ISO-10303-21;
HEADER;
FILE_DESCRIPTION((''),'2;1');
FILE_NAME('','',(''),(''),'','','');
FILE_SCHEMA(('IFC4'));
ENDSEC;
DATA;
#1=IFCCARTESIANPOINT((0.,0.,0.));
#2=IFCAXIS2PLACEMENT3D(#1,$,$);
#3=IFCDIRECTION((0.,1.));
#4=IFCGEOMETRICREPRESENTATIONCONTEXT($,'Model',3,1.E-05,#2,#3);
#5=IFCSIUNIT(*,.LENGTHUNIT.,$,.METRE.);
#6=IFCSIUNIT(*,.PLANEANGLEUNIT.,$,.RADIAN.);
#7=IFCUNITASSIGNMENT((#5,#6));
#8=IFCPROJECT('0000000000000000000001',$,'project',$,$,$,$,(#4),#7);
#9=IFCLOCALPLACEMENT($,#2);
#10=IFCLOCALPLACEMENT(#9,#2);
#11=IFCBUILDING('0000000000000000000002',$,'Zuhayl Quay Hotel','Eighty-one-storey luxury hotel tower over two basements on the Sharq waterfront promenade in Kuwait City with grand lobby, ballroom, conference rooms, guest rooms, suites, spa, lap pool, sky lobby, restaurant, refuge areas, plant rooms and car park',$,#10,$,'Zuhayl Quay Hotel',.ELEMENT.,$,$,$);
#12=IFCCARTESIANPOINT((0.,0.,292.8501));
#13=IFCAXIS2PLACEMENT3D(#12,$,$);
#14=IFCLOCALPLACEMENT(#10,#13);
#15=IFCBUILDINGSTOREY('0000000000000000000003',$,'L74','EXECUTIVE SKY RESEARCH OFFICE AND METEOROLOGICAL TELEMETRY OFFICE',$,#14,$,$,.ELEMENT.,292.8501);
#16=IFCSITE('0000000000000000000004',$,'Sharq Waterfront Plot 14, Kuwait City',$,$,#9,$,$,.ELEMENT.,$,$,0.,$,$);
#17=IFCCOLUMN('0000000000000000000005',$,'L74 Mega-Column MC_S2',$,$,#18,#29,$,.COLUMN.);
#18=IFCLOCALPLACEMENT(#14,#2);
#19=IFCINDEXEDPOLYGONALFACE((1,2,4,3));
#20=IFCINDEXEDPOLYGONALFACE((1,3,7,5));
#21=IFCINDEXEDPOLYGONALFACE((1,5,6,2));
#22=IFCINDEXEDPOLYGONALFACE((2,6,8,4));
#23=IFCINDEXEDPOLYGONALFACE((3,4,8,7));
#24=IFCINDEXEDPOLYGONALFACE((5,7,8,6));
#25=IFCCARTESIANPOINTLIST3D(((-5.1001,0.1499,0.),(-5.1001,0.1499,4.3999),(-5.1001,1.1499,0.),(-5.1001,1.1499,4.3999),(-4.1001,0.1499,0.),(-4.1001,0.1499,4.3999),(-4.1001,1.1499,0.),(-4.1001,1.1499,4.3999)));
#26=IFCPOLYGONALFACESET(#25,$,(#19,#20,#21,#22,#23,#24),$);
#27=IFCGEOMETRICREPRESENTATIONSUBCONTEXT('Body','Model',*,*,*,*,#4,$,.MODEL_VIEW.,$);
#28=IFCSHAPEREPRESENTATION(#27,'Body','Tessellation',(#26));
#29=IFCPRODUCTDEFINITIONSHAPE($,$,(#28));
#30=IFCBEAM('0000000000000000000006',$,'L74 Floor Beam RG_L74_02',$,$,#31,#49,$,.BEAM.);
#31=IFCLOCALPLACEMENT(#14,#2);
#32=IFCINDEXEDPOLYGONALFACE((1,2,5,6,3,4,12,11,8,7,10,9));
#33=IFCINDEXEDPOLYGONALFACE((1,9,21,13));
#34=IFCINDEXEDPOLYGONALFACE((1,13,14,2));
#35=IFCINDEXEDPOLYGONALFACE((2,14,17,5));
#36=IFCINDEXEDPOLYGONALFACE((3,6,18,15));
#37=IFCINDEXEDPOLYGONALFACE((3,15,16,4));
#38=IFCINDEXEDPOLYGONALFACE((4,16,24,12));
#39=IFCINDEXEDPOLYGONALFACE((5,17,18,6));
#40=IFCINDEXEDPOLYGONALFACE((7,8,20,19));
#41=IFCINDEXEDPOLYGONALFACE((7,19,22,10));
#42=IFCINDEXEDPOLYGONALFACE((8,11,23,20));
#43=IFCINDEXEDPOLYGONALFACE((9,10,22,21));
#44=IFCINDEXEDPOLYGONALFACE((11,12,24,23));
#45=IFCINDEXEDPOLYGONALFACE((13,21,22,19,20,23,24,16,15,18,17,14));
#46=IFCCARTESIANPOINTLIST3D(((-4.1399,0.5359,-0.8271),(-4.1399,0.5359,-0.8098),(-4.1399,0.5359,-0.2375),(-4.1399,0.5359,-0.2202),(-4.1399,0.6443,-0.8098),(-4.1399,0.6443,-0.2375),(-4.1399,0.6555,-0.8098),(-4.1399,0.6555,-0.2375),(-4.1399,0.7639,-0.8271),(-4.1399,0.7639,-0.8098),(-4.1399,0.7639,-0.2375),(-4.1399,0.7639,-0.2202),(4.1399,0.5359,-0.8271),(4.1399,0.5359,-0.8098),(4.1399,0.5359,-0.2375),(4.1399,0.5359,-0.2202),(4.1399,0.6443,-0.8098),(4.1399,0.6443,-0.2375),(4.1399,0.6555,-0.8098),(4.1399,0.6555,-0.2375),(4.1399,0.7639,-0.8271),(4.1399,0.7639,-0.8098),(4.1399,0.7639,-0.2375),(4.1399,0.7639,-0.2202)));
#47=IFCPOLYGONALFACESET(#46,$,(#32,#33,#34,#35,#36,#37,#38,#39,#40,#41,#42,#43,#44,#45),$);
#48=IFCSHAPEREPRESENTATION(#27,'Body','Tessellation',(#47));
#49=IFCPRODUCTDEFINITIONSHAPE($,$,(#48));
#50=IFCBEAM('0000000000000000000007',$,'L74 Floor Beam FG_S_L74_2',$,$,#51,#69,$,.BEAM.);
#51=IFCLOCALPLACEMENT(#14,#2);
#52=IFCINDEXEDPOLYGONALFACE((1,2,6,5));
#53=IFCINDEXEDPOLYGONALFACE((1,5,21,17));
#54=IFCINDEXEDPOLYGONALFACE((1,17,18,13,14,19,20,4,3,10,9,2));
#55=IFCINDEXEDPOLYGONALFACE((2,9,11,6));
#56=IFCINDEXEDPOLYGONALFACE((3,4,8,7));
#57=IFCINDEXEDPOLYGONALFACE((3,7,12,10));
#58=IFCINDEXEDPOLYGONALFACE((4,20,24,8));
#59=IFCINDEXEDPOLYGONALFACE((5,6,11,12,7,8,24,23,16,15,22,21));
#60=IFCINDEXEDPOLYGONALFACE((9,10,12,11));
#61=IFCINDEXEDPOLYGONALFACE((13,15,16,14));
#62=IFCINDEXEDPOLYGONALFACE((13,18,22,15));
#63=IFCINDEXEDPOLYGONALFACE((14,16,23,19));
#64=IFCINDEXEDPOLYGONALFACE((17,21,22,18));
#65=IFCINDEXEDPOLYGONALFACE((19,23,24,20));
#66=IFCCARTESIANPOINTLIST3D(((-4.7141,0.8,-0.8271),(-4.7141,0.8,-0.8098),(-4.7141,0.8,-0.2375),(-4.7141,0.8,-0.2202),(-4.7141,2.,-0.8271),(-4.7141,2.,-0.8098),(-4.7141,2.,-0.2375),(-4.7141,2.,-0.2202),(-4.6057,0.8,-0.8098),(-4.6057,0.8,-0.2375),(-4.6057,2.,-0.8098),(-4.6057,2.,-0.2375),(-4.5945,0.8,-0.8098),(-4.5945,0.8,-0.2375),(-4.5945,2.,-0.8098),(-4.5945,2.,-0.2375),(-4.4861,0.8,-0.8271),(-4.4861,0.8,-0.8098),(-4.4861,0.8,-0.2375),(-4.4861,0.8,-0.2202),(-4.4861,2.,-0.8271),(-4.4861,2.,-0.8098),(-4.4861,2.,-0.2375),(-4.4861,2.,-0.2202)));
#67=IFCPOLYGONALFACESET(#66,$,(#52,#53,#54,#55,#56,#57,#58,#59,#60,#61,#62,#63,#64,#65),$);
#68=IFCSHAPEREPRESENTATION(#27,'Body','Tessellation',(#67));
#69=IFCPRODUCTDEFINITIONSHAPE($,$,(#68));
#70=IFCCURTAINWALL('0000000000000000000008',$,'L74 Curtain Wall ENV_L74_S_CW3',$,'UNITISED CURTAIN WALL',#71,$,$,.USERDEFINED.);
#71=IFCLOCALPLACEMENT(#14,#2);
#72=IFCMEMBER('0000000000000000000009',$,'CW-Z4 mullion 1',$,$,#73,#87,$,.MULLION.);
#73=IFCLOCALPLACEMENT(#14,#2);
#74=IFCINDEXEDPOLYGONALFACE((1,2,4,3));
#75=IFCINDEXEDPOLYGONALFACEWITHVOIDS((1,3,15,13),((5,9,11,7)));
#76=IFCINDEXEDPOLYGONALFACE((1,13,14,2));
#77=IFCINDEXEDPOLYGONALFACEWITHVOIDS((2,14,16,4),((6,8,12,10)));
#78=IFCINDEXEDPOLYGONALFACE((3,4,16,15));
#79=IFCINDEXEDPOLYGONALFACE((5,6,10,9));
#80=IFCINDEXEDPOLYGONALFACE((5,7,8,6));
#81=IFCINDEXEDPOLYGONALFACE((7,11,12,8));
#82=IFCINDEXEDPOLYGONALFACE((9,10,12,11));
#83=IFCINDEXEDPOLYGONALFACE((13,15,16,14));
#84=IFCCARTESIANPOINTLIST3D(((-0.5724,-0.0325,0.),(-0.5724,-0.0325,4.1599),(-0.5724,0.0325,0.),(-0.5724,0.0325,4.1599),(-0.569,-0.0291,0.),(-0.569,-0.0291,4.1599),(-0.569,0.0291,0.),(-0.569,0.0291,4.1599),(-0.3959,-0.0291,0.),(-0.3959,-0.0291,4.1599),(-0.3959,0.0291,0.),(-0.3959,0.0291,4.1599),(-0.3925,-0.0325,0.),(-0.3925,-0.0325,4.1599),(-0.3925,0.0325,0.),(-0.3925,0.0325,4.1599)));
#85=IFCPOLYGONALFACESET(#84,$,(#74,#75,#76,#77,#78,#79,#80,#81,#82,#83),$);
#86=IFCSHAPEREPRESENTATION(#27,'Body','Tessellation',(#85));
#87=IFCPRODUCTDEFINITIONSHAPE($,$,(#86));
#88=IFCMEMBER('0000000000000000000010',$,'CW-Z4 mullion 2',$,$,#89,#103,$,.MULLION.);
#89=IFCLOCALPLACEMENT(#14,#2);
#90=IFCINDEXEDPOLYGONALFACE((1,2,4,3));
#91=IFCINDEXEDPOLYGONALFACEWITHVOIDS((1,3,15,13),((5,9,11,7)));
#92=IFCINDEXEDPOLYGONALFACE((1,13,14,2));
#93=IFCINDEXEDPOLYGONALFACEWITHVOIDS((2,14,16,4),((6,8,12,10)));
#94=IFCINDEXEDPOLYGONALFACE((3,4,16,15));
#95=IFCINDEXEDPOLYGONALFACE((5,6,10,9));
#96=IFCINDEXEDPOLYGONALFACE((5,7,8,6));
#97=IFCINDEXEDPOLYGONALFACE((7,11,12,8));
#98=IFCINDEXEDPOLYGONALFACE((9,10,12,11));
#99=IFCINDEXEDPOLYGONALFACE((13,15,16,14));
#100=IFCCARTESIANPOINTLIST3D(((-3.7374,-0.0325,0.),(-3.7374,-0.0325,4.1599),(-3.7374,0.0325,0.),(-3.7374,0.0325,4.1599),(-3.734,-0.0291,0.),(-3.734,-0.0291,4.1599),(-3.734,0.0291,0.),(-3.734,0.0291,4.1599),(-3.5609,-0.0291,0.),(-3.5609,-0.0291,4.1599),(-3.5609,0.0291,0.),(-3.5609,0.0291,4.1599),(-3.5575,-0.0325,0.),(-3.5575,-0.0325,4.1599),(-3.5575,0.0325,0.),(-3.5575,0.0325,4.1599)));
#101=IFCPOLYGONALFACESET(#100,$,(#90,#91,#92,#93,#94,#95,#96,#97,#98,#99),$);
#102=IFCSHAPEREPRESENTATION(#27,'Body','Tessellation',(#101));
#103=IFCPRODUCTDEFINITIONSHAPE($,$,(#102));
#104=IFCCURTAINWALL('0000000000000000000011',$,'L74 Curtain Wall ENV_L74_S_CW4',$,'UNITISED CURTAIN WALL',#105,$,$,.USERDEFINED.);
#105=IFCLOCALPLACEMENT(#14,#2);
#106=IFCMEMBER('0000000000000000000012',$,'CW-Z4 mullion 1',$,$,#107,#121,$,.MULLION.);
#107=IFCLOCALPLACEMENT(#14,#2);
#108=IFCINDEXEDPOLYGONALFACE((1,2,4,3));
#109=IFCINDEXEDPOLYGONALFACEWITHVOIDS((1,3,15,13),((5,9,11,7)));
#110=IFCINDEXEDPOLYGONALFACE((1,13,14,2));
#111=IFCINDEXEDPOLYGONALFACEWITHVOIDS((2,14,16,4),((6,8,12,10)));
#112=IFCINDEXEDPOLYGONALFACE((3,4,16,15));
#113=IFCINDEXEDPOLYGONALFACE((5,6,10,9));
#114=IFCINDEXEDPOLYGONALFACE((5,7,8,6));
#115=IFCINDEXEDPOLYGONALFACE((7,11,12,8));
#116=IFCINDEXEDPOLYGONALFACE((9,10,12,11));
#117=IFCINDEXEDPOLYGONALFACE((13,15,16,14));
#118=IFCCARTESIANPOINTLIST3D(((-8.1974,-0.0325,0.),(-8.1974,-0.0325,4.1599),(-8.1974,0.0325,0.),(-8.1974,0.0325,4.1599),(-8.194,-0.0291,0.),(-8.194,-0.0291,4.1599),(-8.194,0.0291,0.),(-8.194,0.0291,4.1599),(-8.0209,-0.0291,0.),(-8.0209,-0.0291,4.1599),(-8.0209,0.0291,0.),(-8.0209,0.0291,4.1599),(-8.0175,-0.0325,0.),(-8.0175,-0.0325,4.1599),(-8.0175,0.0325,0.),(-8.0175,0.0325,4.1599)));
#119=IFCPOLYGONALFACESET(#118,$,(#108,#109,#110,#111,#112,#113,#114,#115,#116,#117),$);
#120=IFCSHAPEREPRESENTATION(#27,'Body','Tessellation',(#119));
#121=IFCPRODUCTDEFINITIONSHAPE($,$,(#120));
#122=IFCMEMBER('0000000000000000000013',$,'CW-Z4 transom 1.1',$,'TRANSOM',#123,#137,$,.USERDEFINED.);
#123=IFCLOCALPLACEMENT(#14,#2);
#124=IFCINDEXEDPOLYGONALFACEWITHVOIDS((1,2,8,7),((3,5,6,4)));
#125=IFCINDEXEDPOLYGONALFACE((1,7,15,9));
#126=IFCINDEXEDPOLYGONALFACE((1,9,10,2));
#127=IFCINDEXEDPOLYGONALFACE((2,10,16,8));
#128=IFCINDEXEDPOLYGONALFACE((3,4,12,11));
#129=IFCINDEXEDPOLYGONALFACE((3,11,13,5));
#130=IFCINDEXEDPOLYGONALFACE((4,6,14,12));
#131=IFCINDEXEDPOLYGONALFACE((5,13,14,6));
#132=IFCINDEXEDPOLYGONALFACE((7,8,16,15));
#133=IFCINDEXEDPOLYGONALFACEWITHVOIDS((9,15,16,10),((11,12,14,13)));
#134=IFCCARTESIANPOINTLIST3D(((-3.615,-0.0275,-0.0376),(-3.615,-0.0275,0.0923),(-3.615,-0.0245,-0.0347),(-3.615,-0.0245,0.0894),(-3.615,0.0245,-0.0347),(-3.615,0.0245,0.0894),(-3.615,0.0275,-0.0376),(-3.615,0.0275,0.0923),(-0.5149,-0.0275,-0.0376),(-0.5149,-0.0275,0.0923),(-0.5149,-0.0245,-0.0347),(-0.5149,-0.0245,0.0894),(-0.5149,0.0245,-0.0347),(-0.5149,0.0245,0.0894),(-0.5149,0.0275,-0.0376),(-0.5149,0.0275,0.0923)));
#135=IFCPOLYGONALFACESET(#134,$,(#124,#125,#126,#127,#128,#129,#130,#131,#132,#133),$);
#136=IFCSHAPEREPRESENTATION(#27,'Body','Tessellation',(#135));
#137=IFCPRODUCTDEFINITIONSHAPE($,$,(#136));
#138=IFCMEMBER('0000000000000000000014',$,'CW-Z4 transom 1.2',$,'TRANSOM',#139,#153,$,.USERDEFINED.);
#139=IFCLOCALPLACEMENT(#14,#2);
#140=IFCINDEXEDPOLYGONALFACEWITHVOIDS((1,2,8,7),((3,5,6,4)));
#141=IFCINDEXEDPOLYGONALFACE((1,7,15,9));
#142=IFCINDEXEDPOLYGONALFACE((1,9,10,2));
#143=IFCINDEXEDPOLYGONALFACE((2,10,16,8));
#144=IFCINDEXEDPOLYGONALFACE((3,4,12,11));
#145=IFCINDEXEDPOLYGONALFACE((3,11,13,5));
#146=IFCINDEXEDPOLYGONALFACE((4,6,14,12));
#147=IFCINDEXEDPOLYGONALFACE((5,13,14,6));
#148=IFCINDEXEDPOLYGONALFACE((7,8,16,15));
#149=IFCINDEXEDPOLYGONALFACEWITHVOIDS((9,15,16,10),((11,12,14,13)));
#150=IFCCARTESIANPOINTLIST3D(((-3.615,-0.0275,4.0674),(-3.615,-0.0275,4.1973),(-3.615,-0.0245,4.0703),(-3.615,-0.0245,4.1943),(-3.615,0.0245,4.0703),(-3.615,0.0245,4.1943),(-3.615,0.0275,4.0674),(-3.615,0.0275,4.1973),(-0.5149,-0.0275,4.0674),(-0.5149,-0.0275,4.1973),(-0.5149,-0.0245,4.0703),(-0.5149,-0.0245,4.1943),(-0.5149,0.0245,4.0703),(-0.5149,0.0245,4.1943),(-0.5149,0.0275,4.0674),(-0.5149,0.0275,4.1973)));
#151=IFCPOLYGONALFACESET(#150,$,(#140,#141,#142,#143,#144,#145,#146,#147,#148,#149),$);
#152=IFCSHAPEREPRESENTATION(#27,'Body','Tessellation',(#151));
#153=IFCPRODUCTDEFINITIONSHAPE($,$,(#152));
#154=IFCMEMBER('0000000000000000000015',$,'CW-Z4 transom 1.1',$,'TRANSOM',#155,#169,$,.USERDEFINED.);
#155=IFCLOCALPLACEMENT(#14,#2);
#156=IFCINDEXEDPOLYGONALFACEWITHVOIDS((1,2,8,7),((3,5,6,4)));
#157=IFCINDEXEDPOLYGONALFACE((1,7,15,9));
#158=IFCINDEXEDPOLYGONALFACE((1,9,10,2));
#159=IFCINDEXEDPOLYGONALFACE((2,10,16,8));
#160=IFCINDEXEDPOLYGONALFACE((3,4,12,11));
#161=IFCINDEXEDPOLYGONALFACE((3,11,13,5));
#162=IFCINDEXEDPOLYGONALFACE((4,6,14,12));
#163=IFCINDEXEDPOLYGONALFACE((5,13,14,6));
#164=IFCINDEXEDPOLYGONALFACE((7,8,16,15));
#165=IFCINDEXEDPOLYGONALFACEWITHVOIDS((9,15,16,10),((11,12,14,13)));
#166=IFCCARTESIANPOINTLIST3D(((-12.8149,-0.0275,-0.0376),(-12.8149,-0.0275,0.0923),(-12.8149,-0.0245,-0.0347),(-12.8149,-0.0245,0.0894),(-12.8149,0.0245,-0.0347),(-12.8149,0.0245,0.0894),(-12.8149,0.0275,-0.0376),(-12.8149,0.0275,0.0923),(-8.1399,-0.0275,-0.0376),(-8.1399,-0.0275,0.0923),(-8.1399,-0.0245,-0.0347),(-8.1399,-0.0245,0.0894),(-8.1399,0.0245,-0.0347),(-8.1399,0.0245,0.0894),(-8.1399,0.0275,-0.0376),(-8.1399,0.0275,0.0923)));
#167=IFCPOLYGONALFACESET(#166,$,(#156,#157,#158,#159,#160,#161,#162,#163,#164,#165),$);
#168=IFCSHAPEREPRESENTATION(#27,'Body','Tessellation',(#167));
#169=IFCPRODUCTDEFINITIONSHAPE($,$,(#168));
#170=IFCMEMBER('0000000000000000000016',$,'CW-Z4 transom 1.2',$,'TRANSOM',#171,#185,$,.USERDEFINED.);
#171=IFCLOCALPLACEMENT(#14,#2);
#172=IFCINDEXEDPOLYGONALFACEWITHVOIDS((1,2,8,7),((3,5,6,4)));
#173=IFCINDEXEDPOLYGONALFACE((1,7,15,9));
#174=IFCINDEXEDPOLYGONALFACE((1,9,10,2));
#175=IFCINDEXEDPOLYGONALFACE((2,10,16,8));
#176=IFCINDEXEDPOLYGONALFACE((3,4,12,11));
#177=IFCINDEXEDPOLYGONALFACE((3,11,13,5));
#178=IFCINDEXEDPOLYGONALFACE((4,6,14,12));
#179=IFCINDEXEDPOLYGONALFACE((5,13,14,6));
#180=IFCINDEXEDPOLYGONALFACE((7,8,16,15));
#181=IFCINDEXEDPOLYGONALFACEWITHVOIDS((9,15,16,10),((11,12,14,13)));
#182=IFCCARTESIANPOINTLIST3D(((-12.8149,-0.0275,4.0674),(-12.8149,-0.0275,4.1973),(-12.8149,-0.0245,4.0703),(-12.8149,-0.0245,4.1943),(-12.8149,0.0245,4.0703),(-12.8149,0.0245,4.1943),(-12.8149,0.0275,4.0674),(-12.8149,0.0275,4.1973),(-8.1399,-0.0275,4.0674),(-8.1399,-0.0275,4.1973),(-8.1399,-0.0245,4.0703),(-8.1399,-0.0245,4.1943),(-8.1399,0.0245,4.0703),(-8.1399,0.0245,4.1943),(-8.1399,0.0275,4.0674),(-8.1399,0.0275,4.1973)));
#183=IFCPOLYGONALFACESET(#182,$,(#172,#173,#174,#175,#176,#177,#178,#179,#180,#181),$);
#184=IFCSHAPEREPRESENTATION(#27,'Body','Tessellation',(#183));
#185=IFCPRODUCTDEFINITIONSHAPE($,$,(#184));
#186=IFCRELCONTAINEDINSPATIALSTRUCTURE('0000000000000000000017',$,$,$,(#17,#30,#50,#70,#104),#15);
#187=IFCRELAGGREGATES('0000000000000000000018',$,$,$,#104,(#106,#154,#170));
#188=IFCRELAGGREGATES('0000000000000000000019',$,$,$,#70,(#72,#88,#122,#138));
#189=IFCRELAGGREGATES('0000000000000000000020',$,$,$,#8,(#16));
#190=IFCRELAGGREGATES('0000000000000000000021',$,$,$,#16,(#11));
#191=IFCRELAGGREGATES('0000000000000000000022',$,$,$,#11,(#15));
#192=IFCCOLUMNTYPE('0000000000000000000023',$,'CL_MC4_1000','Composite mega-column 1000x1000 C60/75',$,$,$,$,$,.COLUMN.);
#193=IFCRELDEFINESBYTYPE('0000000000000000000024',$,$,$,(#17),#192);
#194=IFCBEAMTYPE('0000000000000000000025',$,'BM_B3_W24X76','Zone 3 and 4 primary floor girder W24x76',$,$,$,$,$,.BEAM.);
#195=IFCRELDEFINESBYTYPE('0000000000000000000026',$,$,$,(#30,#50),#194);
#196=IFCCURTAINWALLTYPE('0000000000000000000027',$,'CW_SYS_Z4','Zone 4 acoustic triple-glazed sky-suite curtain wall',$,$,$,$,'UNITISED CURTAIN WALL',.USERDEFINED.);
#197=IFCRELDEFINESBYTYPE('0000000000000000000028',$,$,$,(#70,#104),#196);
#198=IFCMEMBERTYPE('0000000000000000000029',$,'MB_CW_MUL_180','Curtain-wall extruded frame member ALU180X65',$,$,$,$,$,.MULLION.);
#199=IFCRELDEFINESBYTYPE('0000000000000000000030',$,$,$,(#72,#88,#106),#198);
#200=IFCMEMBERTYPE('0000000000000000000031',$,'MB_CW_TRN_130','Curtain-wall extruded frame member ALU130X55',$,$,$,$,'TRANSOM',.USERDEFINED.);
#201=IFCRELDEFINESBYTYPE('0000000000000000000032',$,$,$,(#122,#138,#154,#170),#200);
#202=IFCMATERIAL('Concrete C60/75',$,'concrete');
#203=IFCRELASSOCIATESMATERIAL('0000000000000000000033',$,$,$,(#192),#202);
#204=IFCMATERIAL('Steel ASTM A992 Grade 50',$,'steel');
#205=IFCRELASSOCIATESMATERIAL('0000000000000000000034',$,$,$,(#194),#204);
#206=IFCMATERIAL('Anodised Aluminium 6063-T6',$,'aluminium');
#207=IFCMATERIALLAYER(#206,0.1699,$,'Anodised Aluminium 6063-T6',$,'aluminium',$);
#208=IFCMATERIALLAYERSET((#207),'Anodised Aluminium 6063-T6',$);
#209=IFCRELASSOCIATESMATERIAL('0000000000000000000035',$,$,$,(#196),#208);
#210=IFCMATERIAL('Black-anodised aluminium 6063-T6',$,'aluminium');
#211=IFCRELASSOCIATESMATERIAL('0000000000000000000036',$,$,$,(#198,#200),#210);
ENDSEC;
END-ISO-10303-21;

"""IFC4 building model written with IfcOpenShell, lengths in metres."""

from ifc_helpers import new_model, si_unit, direction, frame, origin, origin_2d, place, context, subcontext, project, spatial, rectangle, hollow_rectangle, i_section, extrude, material, layer, layer_set, material_profile, profile_set, type_object, element, aggregate, save


model = new_model("IFC4")

# Units and contexts
model_context = context("Model", 3, precision=1e-05, world=origin(), true_north=direction((0.0, 1.0)))
body_context = subcontext(model_context, "Body", "Model", "MODEL_VIEW")
ifc_project = project(units=[si_unit("LENGTHUNIT", "METRE"), si_unit("PLANEANGLEUNIT", "RADIAN")], contexts=[model_context])

# Site, building, storey
site_placement = place(None, origin())
site = spatial("IfcSite", under=ifc_project, at=site_placement, Name="Sharq Waterfront Plot 14, Kuwait City", CompositionType="ELEMENT", RefElevation=0.0)
building_placement = place(site_placement, origin())
building = spatial("IfcBuilding", under=site, at=building_placement, Name="Zuhayl Quay Hotel", Description="Eighty-one-storey luxury hotel tower over two basements on the Sharq waterfront promenade in Kuwait City with grand lobby, ballroom, conference rooms, guest rooms, suites, spa, lap pool, sky lobby, restaurant, refuge areas, plant rooms and car park", LongName="Zuhayl Quay Hotel", CompositionType="ELEMENT")
storey_placement = place(building_placement, frame((0.0, 0.0, 292.8501)))
storey = spatial("IfcBuildingStorey", under=building, at=storey_placement, Name="L74", Description="EXECUTIVE SKY RESEARCH OFFICE AND METEOROLOGICAL TELEMETRY OFFICE", CompositionType="ELEMENT", Elevation=292.8501)

# Column
ifc_material_1 = material(Name="Concrete C60/75", Category="concrete")
ifc_material_profile_1 = material_profile(ifc_material_1, rectangle(XDim=1.0, YDim=1.0, at=origin_2d()), Name="RC1000X1000")
ifc_profile_set_1 = profile_set([ifc_material_profile_1], Name="Concrete C60/75")
column_type = type_object("IfcColumnType", Name="CL_MC4_1000", Description="Composite mega-column 1000x1000 C60/75", PredefinedType="COLUMN", material=ifc_profile_set_1)
column_placement = place(storey_placement, frame((-4.6001, 0.6499, 0.0), z_axis=(0.0, 0.0, 1.0), x_axis=(1.0, 0.0, 0.0)))
element("IfcColumn", 1, at=column_placement, inside=storey, type_object=column_type, Name="L74 Mega-Column MC_S2", PredefinedType="COLUMN", context=body_context, shape_type="SweptSolid", body=[
    extrude(rectangle(XDim=1.0, YDim=1.0, at=origin_2d()), origin(), (0.0, 0.0, 1.0), 4.3999),
])

# Beams
ifc_material_2 = material(Name="Steel ASTM A992 Grade 50", Category="steel")
ifc_material_profile_2 = material_profile(ifc_material_2, i_section(OverallWidth=0.228, OverallDepth=0.6069, WebThickness=0.0112, FlangeThickness=0.0173, at=origin_2d()), Name="W24X76")
ifc_profile_set_2 = profile_set([ifc_material_profile_2], Name="Steel ASTM A992 Grade 50")
beam_type = type_object("IfcBeamType", Name="BM_B3_W24X76", Description="Zone 3 and 4 primary floor girder W24x76", PredefinedType="BEAM", material=ifc_profile_set_2)
beam_1_placement = place(storey_placement, frame((-4.1399, 0.6499, -0.5237), z_axis=(1.0, 0.0, 0.0), x_axis=(0.0, 1.0, 0.0)))
element("IfcBeam", 2, at=beam_1_placement, inside=storey, type_object=beam_type, Name="L74 Floor Beam RG_L74_02", PredefinedType="BEAM", context=body_context, shape_type="SweptSolid", body=[
    extrude(i_section(OverallWidth=0.228, OverallDepth=0.6069, WebThickness=0.0112, FlangeThickness=0.0173, at=origin_2d()), origin(), (0.0, 0.0, 1.0), 8.2798),
])
beam_2_placement = place(storey_placement, frame((-4.6001, 0.8, -0.5237), z_axis=(0.0, 1.0, 0.0), x_axis=(-1.0, 0.0, 0.0)))
element("IfcBeam", 3, at=beam_2_placement, inside=storey, type_object=beam_type, Name="L74 Floor Beam FG_S_L74_2", PredefinedType="BEAM", context=body_context, shape_type="SweptSolid", body=[
    extrude(i_section(OverallWidth=0.228, OverallDepth=0.6069, WebThickness=0.0112, FlangeThickness=0.0173, at=origin_2d()), origin(), (0.0, 0.0, 1.0), 1.2),
])

# Curtain wall, members
ifc_material_3 = material(Name="Anodised Aluminium 6063-T6", Category="aluminium")
ifc_layer_1 = layer(ifc_material_3, 0.1699, Name="Anodised Aluminium 6063-T6", Category="aluminium")
ifc_layer_set_1 = layer_set([ifc_layer_1], Name="Anodised Aluminium 6063-T6")
curtain_wall_type = type_object("IfcCurtainWallType", Name="CW_SYS_Z4", Description="Zone 4 acoustic triple-glazed sky-suite curtain wall", ElementType="UNITISED CURTAIN WALL", PredefinedType="USERDEFINED", material=ifc_layer_set_1)
curtain_wall_1_placement = place(storey_placement, origin())
curtain_wall_1 = element("IfcCurtainWall", 4, at=curtain_wall_1_placement, inside=storey, type_object=curtain_wall_type, Name="L74 Curtain Wall ENV_L74_S_CW3", ObjectType="UNITISED CURTAIN WALL", PredefinedType="USERDEFINED")
ifc_material_4 = material(Name="Black-anodised aluminium 6063-T6", Category="aluminium")
ifc_material_profile_3 = material_profile(ifc_material_4, hollow_rectangle(XDim=0.0649, YDim=0.1799, WallThickness=0.0034, at=origin_2d()), Name="ALU180X65")
ifc_profile_set_3 = profile_set([ifc_material_profile_3], Name="Black-anodised aluminium 6063-T6")
member_type_1 = type_object("IfcMemberType", Name="MB_CW_MUL_180", Description="Curtain-wall extruded frame member ALU180X65", PredefinedType="MULLION", material=ifc_profile_set_3)
member_1_placement = place(storey_placement, frame((-0.4824, 0.0, 0.0), z_axis=(0.0, 0.0, 1.0), x_axis=(0.0, -1.0, 0.0)))
member_1 = element("IfcMember", 5, at=member_1_placement, type_object=member_type_1, Name="CW-Z4 mullion 1", PredefinedType="MULLION", context=body_context, shape_type="SweptSolid", body=[
    extrude(hollow_rectangle(XDim=0.0649, YDim=0.1799, WallThickness=0.0034, at=origin_2d()), origin(), (0.0, 0.0, 1.0), 4.1599),
])
member_2_placement = place(storey_placement, frame((-3.6475, 0.0, 0.0), z_axis=(0.0, 0.0, 1.0), x_axis=(0.0, -1.0, 0.0)))
member_2 = element("IfcMember", 6, at=member_2_placement, type_object=member_type_1, Name="CW-Z4 mullion 2", PredefinedType="MULLION", context=body_context, shape_type="SweptSolid", body=[
    extrude(hollow_rectangle(XDim=0.0649, YDim=0.1799, WallThickness=0.0034, at=origin_2d()), origin(), (0.0, 0.0, 1.0), 4.1599),
])

# Curtain wall, member
curtain_wall_2_placement = place(storey_placement, origin())
curtain_wall_2 = element("IfcCurtainWall", 7, at=curtain_wall_2_placement, inside=storey, type_object=curtain_wall_type, Name="L74 Curtain Wall ENV_L74_S_CW4", ObjectType="UNITISED CURTAIN WALL", PredefinedType="USERDEFINED")
member_3_placement = place(storey_placement, frame((-8.1074, 0.0, 0.0), z_axis=(0.0, 0.0, 1.0), x_axis=(0.0, -1.0, 0.0)))
member_3 = element("IfcMember", 8, at=member_3_placement, type_object=member_type_1, Name="CW-Z4 mullion 1", PredefinedType="MULLION", context=body_context, shape_type="SweptSolid", body=[
    extrude(hollow_rectangle(XDim=0.0649, YDim=0.1799, WallThickness=0.0034, at=origin_2d()), origin(), (0.0, 0.0, 1.0), 4.1599),
])

# Members
ifc_material_profile_4 = material_profile(ifc_material_4, hollow_rectangle(XDim=0.0549, YDim=0.1299, WallThickness=0.0029, at=origin_2d()), Name="ALU130X55")
ifc_profile_set_4 = profile_set([ifc_material_profile_4], Name="Black-anodised aluminium 6063-T6")
member_type_2 = type_object("IfcMemberType", Name="MB_CW_TRN_130", Description="Curtain-wall extruded frame member ALU130X55", ElementType="TRANSOM", PredefinedType="USERDEFINED", material=ifc_profile_set_4)
member_4_placement = place(storey_placement, frame((-0.5149, 0.0, 0.0273), z_axis=(-1.0, 0.0, 0.0), x_axis=(0.0, -1.0, 0.0)))
member_4 = element("IfcMember", 9, at=member_4_placement, type_object=member_type_2, Name="CW-Z4 transom 1.1", ObjectType="TRANSOM", PredefinedType="USERDEFINED", context=body_context, shape_type="SweptSolid", body=[
    extrude(hollow_rectangle(XDim=0.0549, YDim=0.1299, WallThickness=0.0029, at=origin_2d()), origin(), (0.0, 0.0, 1.0), 3.1001),
])
member_5_placement = place(storey_placement, frame((-0.5149, 0.0, 4.1323), z_axis=(-1.0, 0.0, 0.0), x_axis=(0.0, -1.0, 0.0)))
member_5 = element("IfcMember", 10, at=member_5_placement, type_object=member_type_2, Name="CW-Z4 transom 1.2", ObjectType="TRANSOM", PredefinedType="USERDEFINED", context=body_context, shape_type="SweptSolid", body=[
    extrude(hollow_rectangle(XDim=0.0549, YDim=0.1299, WallThickness=0.0029, at=origin_2d()), origin(), (0.0, 0.0, 1.0), 3.1001),
])
member_6_placement = place(storey_placement, frame((-8.1399, 0.0, 0.0273), z_axis=(-1.0, 0.0, 0.0), x_axis=(0.0, -1.0, 0.0)))
member_6 = element("IfcMember", 11, at=member_6_placement, type_object=member_type_2, Name="CW-Z4 transom 1.1", ObjectType="TRANSOM", PredefinedType="USERDEFINED", context=body_context, shape_type="SweptSolid", body=[
    extrude(hollow_rectangle(XDim=0.0549, YDim=0.1299, WallThickness=0.0029, at=origin_2d()), origin(), (0.0, 0.0, 1.0), 4.675),
])
member_7_placement = place(storey_placement, frame((-8.1399, 0.0, 4.1323), z_axis=(-1.0, 0.0, 0.0), x_axis=(0.0, -1.0, 0.0)))
member_7 = element("IfcMember", 12, at=member_7_placement, type_object=member_type_2, Name="CW-Z4 transom 1.2", ObjectType="TRANSOM", PredefinedType="USERDEFINED", context=body_context, shape_type="SweptSolid", body=[
    extrude(hollow_rectangle(XDim=0.0549, YDim=0.1299, WallThickness=0.0029, at=origin_2d()), origin(), (0.0, 0.0, 1.0), 4.675),
])
aggregate(curtain_wall_2, [member_3, member_6, member_7])

aggregate(curtain_wall_1, [member_1, member_2, member_4, member_5])

save(model, "model.ifc")
